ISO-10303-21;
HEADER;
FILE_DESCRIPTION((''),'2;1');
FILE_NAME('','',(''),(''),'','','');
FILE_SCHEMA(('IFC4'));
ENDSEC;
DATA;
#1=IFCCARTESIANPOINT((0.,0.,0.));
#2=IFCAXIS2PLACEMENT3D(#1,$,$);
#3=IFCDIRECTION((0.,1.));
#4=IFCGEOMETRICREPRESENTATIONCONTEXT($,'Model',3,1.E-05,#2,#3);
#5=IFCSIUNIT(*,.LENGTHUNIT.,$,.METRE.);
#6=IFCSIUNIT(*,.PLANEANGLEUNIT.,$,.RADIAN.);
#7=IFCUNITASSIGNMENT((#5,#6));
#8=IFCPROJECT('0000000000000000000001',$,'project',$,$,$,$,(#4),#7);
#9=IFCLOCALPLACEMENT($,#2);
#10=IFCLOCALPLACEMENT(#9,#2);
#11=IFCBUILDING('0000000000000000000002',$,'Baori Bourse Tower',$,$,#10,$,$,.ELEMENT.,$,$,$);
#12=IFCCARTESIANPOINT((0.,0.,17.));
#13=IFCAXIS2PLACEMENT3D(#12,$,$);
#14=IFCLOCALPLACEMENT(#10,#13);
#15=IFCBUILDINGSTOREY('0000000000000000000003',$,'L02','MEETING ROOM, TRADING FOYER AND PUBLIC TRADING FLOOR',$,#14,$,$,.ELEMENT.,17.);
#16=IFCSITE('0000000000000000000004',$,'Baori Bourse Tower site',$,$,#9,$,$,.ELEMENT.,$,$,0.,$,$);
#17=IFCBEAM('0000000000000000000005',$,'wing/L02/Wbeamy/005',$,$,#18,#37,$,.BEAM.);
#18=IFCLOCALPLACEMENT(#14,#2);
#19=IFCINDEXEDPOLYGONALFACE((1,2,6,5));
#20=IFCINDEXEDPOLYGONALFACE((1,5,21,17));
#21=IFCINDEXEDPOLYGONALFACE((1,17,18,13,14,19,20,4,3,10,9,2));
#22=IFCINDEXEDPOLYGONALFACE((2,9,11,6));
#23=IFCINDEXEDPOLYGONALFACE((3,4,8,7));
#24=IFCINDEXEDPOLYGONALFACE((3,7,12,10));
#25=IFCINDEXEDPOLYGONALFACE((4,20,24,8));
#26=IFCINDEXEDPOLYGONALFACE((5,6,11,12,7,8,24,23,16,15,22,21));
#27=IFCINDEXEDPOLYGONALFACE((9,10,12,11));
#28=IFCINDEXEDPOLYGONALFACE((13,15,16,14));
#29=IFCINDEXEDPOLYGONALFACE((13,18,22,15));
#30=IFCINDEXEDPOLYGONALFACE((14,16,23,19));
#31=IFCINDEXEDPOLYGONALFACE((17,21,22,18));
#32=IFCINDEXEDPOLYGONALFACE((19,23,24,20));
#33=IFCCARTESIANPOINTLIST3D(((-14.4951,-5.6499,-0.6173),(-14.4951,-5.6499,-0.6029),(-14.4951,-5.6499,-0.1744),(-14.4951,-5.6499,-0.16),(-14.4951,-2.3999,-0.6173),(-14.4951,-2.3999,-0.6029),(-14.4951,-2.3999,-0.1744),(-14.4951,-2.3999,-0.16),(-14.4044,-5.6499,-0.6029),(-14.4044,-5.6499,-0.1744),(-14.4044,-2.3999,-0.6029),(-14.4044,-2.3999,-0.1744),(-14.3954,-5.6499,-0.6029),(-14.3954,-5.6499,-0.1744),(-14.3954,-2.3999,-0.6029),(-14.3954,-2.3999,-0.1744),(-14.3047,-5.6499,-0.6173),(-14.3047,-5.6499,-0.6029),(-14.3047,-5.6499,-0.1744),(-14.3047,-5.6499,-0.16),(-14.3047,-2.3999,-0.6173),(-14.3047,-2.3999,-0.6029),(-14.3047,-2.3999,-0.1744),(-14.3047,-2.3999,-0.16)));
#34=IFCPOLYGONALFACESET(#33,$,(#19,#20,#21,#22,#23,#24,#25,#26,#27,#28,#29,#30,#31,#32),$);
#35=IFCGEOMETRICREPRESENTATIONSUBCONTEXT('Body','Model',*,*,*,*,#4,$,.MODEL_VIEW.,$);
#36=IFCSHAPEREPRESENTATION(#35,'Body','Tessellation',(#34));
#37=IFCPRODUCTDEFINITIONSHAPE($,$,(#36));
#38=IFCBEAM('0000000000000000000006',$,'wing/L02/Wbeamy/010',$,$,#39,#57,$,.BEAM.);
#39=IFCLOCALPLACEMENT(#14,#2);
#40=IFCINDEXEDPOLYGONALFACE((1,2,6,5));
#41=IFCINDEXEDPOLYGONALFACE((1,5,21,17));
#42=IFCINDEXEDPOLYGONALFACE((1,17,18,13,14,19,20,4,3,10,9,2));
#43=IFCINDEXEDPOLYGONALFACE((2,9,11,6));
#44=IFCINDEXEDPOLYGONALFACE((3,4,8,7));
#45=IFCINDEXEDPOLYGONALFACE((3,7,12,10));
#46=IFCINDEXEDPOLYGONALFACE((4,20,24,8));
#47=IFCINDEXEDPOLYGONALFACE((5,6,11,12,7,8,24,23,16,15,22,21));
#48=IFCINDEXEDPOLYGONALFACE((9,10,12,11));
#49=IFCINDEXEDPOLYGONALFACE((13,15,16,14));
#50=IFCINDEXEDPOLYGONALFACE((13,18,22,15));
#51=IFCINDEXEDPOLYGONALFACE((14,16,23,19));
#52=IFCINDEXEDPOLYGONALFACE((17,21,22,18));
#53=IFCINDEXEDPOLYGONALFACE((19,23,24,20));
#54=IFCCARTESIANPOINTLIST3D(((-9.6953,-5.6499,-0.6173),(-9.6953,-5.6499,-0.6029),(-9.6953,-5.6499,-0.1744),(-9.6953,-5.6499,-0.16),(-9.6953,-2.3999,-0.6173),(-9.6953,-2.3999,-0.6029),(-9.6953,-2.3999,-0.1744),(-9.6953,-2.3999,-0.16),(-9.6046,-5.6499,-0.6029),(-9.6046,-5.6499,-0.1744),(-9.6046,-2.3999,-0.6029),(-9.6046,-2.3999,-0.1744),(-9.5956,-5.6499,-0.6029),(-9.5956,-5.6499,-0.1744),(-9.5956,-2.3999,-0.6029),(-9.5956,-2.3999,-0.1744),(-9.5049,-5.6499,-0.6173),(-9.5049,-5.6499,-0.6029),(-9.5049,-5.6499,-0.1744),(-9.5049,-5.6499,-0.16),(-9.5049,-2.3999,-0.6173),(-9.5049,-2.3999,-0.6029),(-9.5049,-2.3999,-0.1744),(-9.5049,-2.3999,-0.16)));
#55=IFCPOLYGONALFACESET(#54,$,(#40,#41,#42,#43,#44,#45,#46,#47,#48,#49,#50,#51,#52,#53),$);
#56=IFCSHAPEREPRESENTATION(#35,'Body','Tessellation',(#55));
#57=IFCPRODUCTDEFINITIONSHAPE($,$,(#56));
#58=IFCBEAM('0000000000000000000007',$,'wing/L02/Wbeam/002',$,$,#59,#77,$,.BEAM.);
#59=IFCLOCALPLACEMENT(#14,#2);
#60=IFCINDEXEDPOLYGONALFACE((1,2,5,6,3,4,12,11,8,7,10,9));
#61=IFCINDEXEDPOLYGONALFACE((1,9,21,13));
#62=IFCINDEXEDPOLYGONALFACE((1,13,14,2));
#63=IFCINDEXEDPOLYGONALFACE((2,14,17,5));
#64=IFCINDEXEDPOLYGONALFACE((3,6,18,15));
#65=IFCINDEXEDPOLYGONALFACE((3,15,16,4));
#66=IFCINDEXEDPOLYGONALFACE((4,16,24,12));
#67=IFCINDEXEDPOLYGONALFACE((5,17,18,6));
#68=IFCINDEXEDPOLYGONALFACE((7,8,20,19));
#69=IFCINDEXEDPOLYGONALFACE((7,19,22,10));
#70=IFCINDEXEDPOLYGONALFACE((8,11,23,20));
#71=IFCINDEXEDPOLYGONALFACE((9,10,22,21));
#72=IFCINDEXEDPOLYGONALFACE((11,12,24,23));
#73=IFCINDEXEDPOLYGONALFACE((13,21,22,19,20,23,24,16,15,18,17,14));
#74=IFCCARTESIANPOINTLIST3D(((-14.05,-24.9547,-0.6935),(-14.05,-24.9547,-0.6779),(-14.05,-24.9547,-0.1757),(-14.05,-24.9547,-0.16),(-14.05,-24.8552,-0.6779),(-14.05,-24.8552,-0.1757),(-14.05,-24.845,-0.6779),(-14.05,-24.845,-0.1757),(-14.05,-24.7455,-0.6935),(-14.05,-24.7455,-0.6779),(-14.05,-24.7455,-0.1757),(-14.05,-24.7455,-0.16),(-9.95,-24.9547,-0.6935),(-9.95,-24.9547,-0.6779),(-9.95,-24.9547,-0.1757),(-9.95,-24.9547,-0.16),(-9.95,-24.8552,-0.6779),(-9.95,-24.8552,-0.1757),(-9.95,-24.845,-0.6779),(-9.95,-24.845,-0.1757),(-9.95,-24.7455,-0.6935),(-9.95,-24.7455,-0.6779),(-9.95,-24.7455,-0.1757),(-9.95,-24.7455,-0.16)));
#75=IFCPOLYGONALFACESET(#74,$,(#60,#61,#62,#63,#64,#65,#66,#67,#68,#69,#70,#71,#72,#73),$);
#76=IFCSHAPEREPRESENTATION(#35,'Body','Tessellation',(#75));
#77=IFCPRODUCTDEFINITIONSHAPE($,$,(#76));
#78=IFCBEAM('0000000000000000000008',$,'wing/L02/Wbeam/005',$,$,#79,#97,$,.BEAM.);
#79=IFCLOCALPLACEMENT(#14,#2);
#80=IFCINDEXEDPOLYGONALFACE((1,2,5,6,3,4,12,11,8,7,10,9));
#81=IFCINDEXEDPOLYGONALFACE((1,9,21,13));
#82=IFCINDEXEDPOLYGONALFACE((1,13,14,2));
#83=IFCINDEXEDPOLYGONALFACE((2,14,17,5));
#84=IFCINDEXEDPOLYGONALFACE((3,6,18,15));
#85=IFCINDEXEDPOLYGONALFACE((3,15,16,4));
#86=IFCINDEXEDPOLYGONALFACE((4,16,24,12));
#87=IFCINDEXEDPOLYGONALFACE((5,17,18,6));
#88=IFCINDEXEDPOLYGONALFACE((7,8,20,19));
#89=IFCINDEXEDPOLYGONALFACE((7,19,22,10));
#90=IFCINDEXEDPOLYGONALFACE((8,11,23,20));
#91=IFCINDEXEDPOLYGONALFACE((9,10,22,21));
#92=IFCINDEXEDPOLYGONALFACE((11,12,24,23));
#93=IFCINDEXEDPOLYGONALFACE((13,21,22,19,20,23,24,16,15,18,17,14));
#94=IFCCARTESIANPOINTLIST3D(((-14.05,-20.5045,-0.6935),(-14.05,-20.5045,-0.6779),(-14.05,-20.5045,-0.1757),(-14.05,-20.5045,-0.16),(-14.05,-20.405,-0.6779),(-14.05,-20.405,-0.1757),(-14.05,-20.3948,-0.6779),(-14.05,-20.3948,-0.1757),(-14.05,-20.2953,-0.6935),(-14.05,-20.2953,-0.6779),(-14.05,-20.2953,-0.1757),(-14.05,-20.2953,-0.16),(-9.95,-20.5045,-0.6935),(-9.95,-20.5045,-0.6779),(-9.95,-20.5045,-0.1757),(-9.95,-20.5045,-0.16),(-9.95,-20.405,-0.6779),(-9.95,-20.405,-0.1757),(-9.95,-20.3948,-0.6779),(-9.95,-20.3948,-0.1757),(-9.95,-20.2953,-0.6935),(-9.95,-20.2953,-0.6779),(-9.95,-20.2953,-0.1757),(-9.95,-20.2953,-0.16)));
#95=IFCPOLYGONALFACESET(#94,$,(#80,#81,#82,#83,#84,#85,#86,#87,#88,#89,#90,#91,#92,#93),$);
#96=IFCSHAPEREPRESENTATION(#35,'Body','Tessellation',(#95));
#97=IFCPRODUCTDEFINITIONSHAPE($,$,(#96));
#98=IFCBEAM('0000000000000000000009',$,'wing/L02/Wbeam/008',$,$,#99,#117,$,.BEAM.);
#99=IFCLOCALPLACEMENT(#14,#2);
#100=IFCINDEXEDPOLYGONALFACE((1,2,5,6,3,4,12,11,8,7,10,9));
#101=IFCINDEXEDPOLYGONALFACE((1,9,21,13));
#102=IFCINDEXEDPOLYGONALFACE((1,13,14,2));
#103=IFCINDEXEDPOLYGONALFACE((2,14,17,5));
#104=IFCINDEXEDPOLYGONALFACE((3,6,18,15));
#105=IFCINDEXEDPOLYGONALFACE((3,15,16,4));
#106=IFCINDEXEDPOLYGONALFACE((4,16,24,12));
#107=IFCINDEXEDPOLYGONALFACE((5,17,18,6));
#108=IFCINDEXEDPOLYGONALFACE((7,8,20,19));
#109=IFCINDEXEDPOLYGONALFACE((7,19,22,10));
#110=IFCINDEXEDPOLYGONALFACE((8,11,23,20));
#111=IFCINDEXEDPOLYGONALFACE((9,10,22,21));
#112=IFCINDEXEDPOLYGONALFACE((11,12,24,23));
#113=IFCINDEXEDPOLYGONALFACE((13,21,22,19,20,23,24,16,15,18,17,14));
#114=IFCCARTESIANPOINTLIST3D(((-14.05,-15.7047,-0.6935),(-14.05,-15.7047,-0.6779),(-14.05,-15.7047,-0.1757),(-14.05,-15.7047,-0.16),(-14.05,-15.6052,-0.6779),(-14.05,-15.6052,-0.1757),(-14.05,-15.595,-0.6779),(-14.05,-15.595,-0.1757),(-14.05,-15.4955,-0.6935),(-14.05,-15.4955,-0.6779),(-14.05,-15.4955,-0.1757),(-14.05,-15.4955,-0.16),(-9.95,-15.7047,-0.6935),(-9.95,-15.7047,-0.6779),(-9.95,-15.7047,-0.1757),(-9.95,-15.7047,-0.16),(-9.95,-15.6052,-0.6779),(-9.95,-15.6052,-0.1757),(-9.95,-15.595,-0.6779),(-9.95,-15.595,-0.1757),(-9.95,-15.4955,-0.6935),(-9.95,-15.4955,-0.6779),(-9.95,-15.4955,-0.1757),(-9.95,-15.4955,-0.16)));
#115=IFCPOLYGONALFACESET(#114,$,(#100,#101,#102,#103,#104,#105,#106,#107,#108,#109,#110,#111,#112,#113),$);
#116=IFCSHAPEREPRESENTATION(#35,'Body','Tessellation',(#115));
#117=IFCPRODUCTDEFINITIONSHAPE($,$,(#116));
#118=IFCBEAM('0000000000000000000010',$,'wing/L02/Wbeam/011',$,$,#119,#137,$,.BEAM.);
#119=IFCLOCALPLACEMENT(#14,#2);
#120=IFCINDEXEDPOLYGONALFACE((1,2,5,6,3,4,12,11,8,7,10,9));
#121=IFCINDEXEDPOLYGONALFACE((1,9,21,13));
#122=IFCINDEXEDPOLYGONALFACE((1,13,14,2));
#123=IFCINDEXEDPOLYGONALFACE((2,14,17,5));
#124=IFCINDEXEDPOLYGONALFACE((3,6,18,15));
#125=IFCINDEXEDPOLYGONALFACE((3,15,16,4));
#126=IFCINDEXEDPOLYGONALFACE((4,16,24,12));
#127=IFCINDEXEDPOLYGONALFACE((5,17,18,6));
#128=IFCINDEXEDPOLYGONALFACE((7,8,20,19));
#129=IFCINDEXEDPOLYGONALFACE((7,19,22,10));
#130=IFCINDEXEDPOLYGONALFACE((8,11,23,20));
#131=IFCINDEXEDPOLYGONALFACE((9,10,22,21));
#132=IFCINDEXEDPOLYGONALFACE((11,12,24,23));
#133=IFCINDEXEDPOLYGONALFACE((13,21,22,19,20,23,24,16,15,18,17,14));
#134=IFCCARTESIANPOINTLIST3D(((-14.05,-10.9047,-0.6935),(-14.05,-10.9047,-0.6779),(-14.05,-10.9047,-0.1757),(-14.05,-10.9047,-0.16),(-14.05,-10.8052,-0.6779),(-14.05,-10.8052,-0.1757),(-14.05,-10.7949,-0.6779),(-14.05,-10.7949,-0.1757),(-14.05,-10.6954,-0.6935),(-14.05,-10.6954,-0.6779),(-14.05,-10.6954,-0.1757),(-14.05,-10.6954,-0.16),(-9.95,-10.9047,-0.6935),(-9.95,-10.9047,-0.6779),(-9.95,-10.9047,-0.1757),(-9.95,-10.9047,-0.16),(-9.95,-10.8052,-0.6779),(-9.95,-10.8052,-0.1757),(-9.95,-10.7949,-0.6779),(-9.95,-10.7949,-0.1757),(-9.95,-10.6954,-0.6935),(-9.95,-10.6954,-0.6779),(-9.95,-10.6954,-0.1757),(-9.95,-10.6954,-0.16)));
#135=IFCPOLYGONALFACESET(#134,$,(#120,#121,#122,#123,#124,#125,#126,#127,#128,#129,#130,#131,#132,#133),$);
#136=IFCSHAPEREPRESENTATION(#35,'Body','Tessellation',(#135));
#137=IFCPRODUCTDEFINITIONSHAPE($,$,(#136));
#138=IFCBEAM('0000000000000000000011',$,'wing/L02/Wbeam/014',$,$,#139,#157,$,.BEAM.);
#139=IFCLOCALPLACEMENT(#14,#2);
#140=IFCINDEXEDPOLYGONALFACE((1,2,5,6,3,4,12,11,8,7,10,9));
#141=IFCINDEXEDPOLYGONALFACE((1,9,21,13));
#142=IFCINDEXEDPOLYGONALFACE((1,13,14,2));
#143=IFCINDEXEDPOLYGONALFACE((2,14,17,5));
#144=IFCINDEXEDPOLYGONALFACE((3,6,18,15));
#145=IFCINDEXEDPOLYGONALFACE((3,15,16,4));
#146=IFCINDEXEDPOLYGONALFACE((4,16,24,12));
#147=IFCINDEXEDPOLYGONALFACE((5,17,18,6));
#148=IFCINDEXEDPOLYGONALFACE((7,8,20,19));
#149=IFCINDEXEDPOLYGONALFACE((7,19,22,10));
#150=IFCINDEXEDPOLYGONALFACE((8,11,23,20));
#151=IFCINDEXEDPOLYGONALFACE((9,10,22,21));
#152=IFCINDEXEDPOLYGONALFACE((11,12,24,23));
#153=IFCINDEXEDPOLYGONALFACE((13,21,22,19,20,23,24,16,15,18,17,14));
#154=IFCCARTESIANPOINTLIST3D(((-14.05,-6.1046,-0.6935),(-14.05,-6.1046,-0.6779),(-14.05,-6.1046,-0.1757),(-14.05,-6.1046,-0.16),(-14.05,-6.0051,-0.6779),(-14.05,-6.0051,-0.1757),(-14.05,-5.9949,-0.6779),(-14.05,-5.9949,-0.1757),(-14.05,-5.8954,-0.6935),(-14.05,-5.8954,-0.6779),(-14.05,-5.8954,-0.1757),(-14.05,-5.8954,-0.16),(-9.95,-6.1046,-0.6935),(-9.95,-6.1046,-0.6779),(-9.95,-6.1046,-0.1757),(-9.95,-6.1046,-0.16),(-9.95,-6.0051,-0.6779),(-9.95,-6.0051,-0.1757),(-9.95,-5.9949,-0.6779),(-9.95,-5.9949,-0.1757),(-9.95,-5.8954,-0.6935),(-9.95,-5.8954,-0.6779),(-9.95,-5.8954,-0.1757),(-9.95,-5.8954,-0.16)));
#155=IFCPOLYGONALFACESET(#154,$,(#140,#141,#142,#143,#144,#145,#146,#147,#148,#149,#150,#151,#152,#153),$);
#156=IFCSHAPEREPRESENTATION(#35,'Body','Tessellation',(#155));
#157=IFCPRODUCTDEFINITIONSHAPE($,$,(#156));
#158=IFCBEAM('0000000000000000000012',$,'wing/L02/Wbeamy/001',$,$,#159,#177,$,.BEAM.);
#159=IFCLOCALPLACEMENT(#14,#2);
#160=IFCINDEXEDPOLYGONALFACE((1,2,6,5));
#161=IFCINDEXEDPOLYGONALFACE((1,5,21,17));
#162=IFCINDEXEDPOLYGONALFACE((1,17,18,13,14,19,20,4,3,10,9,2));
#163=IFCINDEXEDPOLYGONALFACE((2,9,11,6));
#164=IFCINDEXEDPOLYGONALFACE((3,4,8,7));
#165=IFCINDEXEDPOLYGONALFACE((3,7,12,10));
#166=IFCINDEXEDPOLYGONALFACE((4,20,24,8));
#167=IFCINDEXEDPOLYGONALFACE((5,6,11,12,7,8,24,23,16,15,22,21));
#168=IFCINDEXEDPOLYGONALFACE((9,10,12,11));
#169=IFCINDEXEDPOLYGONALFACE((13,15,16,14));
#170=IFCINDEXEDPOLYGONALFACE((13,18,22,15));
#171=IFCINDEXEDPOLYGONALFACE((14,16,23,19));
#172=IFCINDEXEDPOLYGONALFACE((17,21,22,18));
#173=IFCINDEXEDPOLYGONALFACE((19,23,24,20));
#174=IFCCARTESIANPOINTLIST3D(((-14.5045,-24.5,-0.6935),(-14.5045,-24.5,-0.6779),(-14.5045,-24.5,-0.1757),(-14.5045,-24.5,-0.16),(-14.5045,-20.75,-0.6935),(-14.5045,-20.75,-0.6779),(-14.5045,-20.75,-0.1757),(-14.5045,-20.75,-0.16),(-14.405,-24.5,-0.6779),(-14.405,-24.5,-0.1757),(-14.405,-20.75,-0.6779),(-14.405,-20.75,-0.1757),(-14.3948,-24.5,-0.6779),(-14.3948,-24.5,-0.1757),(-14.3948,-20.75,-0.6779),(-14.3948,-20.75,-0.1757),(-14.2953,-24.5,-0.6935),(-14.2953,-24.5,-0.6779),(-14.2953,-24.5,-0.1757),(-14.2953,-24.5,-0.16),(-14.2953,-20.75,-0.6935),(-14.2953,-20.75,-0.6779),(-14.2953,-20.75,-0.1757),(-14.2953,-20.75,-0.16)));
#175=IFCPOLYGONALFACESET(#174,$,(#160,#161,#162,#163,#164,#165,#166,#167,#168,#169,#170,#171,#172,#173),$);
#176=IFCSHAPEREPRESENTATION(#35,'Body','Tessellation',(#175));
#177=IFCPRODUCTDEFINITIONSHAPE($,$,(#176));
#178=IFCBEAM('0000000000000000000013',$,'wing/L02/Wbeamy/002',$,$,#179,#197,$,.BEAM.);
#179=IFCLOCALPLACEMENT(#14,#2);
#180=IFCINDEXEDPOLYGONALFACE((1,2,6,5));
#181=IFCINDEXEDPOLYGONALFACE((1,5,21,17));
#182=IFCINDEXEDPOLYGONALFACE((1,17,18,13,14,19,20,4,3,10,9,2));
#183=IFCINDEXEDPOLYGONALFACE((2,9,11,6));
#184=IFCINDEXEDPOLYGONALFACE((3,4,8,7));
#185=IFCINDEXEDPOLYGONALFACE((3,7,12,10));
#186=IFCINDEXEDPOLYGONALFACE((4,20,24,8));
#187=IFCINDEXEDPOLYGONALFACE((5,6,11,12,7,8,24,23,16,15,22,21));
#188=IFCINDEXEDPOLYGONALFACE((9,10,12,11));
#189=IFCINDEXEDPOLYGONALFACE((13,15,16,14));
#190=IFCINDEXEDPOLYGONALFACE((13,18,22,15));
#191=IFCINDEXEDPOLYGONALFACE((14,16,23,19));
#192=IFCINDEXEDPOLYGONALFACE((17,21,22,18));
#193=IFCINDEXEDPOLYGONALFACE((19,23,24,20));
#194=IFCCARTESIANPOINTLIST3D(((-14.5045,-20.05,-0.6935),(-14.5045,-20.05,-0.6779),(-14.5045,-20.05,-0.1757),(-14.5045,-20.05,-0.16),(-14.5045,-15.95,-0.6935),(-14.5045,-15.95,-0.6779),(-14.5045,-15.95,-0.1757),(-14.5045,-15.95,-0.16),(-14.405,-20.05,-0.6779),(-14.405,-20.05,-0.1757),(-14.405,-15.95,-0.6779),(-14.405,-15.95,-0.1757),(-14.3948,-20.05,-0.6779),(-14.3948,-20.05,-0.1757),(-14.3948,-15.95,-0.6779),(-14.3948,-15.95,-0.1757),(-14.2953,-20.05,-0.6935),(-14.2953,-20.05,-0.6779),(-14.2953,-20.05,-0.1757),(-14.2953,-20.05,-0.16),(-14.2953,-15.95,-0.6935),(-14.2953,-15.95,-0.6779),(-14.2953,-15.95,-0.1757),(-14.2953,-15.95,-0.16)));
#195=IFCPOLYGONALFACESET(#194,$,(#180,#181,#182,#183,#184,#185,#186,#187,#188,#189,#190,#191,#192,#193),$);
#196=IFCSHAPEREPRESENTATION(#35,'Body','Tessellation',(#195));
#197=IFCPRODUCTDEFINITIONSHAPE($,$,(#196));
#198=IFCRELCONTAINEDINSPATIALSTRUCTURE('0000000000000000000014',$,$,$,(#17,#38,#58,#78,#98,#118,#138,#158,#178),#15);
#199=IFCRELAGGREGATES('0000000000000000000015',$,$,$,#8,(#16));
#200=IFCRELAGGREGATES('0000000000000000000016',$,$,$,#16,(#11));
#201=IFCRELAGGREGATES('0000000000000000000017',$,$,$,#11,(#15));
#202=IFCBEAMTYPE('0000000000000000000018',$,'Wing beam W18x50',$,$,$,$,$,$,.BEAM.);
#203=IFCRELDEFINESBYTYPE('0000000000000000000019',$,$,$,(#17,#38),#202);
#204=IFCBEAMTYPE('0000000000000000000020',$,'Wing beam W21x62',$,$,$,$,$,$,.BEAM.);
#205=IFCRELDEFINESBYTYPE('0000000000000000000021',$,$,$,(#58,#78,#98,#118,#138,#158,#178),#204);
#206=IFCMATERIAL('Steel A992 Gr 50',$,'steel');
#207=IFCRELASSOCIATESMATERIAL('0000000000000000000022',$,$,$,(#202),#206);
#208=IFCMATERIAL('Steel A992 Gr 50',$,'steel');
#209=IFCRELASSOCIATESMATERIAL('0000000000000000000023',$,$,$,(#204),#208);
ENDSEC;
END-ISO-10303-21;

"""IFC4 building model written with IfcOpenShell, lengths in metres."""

from ifc_helpers import new_model, si_unit, direction, frame, origin, origin_2d, place, context, subcontext, project, spatial, i_section, extrude, material, material_profile, profile_set, type_object, element, save


model = new_model("IFC4")

# Units and contexts
model_context = context("Model", 3, precision=1e-05, world=origin(), true_north=direction((0.0, 1.0)))
body_context = subcontext(model_context, "Body", "Model", "MODEL_VIEW")
ifc_project = project(units=[si_unit("LENGTHUNIT", "METRE"), si_unit("PLANEANGLEUNIT", "RADIAN")], contexts=[model_context])

# Site, building, storey
site_placement = place(None, origin())
site = spatial("IfcSite", under=ifc_project, at=site_placement, Name="Baori Bourse Tower site", CompositionType="ELEMENT", RefElevation=0.0)
building_placement = place(site_placement, origin())
building = spatial("IfcBuilding", under=site, at=building_placement, Name="Baori Bourse Tower", CompositionType="ELEMENT")
storey_placement = place(building_placement, frame((0.0, 0.0, 17.0)))
storey = spatial("IfcBuildingStorey", under=building, at=storey_placement, Name="L02", Description="MEETING ROOM, TRADING FOYER AND PUBLIC TRADING FLOOR", CompositionType="ELEMENT", Elevation=17.0)

# Beams
ifc_material_1 = material(Name="Steel A992 Gr 50", Category="steel")
ifc_material_profile_1 = material_profile(ifc_material_1, i_section(OverallWidth=0.1904, OverallDepth=0.4573, WebThickness=0.009, FlangeThickness=0.0144, at=origin_2d()), Name="W18x50")
ifc_profile_set_1 = profile_set([ifc_material_profile_1], Name="Steel A992 Gr 50")
beam_type_1 = type_object("IfcBeamType", Name="Wing beam W18x50", PredefinedType="BEAM", material=ifc_profile_set_1)
for number, where, z_axis, x_axis, name in (
    (1, (-14.3999, -5.6499, -0.3887), (0.0, 1.0, 0.0), (-1.0, 0.0, 0.0), "wing/L02/Wbeamy/005"),
    (2, (-9.6001, -5.6499, -0.3887), (0.0, 1.0, 0.0), (-1.0, 0.0, 0.0), "wing/L02/Wbeamy/010"),
):
    element("IfcBeam", number, at=place(storey_placement, frame(where, z_axis=z_axis, x_axis=x_axis)), inside=storey, type_object=beam_type_1, Name=name, PredefinedType="BEAM", context=body_context, shape_type="SweptSolid", body=[
        extrude(i_section(OverallWidth=0.1904, OverallDepth=0.4573, WebThickness=0.009, FlangeThickness=0.0144, at=origin_2d()), origin(), (0.0, 0.0, 1.0), 3.25),
    ])
ifc_material_2 = material(Name="Steel A992 Gr 50", Category="steel")
ifc_material_profile_2 = material_profile(ifc_material_2, i_section(OverallWidth=0.2092, OverallDepth=0.5334, WebThickness=0.0103, FlangeThickness=0.0156, at=origin_2d()), Name="W21x62")
ifc_profile_set_2 = profile_set([ifc_material_profile_2], Name="Steel A992 Gr 50")
beam_type_2 = type_object("IfcBeamType", Name="Wing beam W21x62", PredefinedType="BEAM", material=ifc_profile_set_2)
for number, where, z_axis, x_axis, name in (
    (3, (-14.05, -24.8501, -0.4268), (1.0, 0.0, 0.0), (0.0, 1.0, 0.0), "wing/L02/Wbeam/002"),
    (4, (-14.05, -20.3999, -0.4268), (1.0, 0.0, 0.0), (0.0, 1.0, 0.0), "wing/L02/Wbeam/005"),
    (5, (-14.05, -15.6001, -0.4268), (1.0, 0.0, 0.0), (0.0, 1.0, 0.0), "wing/L02/Wbeam/008"),
    (6, (-14.05, -10.8, -0.4268), (1.0, 0.0, 0.0), (0.0, 1.0, 0.0), "wing/L02/Wbeam/011"),
    (7, (-14.05, -6.0, -0.4268), (1.0, 0.0, 0.0), (0.0, 1.0, 0.0), "wing/L02/Wbeam/014"),
):
    element("IfcBeam", number, at=place(storey_placement, frame(where, z_axis=z_axis, x_axis=x_axis)), inside=storey, type_object=beam_type_2, Name=name, PredefinedType="BEAM", context=body_context, shape_type="SweptSolid", body=[
        extrude(i_section(OverallWidth=0.2092, OverallDepth=0.5334, WebThickness=0.0103, FlangeThickness=0.0156, at=origin_2d()), origin(), (0.0, 0.0, 1.0), 4.1001),
    ])
beam_1_placement = place(storey_placement, frame((-14.3999, -24.5, -0.4268), z_axis=(0.0, 1.0, 0.0), x_axis=(-1.0, 0.0, 0.0)))
element("IfcBeam", 8, at=beam_1_placement, inside=storey, type_object=beam_type_2, Name="wing/L02/Wbeamy/001", PredefinedType="BEAM", context=body_context, shape_type="SweptSolid", body=[
    extrude(i_section(OverallWidth=0.2092, OverallDepth=0.5334, WebThickness=0.0103, FlangeThickness=0.0156, at=origin_2d()), origin(), (0.0, 0.0, 1.0), 3.75),
])
for number, where, z_axis, x_axis, name in (
    (9, (-14.3999, -20.05, -0.4268), (0.0, 1.0, 0.0), (-1.0, 0.0, 0.0), "wing/L02/Wbeamy/002"),
):
    element("IfcBeam", number, at=place(storey_placement, frame(where, z_axis=z_axis, x_axis=x_axis)), inside=storey, type_object=beam_type_2, Name=name, PredefinedType="BEAM", context=body_context, shape_type="SweptSolid", body=[
        extrude(i_section(OverallWidth=0.2092, OverallDepth=0.5334, WebThickness=0.0103, FlangeThickness=0.0156, at=origin_2d()), origin(), (0.0, 0.0, 1.0), 4.1001),
    ])

save(model, "model.ifc")
